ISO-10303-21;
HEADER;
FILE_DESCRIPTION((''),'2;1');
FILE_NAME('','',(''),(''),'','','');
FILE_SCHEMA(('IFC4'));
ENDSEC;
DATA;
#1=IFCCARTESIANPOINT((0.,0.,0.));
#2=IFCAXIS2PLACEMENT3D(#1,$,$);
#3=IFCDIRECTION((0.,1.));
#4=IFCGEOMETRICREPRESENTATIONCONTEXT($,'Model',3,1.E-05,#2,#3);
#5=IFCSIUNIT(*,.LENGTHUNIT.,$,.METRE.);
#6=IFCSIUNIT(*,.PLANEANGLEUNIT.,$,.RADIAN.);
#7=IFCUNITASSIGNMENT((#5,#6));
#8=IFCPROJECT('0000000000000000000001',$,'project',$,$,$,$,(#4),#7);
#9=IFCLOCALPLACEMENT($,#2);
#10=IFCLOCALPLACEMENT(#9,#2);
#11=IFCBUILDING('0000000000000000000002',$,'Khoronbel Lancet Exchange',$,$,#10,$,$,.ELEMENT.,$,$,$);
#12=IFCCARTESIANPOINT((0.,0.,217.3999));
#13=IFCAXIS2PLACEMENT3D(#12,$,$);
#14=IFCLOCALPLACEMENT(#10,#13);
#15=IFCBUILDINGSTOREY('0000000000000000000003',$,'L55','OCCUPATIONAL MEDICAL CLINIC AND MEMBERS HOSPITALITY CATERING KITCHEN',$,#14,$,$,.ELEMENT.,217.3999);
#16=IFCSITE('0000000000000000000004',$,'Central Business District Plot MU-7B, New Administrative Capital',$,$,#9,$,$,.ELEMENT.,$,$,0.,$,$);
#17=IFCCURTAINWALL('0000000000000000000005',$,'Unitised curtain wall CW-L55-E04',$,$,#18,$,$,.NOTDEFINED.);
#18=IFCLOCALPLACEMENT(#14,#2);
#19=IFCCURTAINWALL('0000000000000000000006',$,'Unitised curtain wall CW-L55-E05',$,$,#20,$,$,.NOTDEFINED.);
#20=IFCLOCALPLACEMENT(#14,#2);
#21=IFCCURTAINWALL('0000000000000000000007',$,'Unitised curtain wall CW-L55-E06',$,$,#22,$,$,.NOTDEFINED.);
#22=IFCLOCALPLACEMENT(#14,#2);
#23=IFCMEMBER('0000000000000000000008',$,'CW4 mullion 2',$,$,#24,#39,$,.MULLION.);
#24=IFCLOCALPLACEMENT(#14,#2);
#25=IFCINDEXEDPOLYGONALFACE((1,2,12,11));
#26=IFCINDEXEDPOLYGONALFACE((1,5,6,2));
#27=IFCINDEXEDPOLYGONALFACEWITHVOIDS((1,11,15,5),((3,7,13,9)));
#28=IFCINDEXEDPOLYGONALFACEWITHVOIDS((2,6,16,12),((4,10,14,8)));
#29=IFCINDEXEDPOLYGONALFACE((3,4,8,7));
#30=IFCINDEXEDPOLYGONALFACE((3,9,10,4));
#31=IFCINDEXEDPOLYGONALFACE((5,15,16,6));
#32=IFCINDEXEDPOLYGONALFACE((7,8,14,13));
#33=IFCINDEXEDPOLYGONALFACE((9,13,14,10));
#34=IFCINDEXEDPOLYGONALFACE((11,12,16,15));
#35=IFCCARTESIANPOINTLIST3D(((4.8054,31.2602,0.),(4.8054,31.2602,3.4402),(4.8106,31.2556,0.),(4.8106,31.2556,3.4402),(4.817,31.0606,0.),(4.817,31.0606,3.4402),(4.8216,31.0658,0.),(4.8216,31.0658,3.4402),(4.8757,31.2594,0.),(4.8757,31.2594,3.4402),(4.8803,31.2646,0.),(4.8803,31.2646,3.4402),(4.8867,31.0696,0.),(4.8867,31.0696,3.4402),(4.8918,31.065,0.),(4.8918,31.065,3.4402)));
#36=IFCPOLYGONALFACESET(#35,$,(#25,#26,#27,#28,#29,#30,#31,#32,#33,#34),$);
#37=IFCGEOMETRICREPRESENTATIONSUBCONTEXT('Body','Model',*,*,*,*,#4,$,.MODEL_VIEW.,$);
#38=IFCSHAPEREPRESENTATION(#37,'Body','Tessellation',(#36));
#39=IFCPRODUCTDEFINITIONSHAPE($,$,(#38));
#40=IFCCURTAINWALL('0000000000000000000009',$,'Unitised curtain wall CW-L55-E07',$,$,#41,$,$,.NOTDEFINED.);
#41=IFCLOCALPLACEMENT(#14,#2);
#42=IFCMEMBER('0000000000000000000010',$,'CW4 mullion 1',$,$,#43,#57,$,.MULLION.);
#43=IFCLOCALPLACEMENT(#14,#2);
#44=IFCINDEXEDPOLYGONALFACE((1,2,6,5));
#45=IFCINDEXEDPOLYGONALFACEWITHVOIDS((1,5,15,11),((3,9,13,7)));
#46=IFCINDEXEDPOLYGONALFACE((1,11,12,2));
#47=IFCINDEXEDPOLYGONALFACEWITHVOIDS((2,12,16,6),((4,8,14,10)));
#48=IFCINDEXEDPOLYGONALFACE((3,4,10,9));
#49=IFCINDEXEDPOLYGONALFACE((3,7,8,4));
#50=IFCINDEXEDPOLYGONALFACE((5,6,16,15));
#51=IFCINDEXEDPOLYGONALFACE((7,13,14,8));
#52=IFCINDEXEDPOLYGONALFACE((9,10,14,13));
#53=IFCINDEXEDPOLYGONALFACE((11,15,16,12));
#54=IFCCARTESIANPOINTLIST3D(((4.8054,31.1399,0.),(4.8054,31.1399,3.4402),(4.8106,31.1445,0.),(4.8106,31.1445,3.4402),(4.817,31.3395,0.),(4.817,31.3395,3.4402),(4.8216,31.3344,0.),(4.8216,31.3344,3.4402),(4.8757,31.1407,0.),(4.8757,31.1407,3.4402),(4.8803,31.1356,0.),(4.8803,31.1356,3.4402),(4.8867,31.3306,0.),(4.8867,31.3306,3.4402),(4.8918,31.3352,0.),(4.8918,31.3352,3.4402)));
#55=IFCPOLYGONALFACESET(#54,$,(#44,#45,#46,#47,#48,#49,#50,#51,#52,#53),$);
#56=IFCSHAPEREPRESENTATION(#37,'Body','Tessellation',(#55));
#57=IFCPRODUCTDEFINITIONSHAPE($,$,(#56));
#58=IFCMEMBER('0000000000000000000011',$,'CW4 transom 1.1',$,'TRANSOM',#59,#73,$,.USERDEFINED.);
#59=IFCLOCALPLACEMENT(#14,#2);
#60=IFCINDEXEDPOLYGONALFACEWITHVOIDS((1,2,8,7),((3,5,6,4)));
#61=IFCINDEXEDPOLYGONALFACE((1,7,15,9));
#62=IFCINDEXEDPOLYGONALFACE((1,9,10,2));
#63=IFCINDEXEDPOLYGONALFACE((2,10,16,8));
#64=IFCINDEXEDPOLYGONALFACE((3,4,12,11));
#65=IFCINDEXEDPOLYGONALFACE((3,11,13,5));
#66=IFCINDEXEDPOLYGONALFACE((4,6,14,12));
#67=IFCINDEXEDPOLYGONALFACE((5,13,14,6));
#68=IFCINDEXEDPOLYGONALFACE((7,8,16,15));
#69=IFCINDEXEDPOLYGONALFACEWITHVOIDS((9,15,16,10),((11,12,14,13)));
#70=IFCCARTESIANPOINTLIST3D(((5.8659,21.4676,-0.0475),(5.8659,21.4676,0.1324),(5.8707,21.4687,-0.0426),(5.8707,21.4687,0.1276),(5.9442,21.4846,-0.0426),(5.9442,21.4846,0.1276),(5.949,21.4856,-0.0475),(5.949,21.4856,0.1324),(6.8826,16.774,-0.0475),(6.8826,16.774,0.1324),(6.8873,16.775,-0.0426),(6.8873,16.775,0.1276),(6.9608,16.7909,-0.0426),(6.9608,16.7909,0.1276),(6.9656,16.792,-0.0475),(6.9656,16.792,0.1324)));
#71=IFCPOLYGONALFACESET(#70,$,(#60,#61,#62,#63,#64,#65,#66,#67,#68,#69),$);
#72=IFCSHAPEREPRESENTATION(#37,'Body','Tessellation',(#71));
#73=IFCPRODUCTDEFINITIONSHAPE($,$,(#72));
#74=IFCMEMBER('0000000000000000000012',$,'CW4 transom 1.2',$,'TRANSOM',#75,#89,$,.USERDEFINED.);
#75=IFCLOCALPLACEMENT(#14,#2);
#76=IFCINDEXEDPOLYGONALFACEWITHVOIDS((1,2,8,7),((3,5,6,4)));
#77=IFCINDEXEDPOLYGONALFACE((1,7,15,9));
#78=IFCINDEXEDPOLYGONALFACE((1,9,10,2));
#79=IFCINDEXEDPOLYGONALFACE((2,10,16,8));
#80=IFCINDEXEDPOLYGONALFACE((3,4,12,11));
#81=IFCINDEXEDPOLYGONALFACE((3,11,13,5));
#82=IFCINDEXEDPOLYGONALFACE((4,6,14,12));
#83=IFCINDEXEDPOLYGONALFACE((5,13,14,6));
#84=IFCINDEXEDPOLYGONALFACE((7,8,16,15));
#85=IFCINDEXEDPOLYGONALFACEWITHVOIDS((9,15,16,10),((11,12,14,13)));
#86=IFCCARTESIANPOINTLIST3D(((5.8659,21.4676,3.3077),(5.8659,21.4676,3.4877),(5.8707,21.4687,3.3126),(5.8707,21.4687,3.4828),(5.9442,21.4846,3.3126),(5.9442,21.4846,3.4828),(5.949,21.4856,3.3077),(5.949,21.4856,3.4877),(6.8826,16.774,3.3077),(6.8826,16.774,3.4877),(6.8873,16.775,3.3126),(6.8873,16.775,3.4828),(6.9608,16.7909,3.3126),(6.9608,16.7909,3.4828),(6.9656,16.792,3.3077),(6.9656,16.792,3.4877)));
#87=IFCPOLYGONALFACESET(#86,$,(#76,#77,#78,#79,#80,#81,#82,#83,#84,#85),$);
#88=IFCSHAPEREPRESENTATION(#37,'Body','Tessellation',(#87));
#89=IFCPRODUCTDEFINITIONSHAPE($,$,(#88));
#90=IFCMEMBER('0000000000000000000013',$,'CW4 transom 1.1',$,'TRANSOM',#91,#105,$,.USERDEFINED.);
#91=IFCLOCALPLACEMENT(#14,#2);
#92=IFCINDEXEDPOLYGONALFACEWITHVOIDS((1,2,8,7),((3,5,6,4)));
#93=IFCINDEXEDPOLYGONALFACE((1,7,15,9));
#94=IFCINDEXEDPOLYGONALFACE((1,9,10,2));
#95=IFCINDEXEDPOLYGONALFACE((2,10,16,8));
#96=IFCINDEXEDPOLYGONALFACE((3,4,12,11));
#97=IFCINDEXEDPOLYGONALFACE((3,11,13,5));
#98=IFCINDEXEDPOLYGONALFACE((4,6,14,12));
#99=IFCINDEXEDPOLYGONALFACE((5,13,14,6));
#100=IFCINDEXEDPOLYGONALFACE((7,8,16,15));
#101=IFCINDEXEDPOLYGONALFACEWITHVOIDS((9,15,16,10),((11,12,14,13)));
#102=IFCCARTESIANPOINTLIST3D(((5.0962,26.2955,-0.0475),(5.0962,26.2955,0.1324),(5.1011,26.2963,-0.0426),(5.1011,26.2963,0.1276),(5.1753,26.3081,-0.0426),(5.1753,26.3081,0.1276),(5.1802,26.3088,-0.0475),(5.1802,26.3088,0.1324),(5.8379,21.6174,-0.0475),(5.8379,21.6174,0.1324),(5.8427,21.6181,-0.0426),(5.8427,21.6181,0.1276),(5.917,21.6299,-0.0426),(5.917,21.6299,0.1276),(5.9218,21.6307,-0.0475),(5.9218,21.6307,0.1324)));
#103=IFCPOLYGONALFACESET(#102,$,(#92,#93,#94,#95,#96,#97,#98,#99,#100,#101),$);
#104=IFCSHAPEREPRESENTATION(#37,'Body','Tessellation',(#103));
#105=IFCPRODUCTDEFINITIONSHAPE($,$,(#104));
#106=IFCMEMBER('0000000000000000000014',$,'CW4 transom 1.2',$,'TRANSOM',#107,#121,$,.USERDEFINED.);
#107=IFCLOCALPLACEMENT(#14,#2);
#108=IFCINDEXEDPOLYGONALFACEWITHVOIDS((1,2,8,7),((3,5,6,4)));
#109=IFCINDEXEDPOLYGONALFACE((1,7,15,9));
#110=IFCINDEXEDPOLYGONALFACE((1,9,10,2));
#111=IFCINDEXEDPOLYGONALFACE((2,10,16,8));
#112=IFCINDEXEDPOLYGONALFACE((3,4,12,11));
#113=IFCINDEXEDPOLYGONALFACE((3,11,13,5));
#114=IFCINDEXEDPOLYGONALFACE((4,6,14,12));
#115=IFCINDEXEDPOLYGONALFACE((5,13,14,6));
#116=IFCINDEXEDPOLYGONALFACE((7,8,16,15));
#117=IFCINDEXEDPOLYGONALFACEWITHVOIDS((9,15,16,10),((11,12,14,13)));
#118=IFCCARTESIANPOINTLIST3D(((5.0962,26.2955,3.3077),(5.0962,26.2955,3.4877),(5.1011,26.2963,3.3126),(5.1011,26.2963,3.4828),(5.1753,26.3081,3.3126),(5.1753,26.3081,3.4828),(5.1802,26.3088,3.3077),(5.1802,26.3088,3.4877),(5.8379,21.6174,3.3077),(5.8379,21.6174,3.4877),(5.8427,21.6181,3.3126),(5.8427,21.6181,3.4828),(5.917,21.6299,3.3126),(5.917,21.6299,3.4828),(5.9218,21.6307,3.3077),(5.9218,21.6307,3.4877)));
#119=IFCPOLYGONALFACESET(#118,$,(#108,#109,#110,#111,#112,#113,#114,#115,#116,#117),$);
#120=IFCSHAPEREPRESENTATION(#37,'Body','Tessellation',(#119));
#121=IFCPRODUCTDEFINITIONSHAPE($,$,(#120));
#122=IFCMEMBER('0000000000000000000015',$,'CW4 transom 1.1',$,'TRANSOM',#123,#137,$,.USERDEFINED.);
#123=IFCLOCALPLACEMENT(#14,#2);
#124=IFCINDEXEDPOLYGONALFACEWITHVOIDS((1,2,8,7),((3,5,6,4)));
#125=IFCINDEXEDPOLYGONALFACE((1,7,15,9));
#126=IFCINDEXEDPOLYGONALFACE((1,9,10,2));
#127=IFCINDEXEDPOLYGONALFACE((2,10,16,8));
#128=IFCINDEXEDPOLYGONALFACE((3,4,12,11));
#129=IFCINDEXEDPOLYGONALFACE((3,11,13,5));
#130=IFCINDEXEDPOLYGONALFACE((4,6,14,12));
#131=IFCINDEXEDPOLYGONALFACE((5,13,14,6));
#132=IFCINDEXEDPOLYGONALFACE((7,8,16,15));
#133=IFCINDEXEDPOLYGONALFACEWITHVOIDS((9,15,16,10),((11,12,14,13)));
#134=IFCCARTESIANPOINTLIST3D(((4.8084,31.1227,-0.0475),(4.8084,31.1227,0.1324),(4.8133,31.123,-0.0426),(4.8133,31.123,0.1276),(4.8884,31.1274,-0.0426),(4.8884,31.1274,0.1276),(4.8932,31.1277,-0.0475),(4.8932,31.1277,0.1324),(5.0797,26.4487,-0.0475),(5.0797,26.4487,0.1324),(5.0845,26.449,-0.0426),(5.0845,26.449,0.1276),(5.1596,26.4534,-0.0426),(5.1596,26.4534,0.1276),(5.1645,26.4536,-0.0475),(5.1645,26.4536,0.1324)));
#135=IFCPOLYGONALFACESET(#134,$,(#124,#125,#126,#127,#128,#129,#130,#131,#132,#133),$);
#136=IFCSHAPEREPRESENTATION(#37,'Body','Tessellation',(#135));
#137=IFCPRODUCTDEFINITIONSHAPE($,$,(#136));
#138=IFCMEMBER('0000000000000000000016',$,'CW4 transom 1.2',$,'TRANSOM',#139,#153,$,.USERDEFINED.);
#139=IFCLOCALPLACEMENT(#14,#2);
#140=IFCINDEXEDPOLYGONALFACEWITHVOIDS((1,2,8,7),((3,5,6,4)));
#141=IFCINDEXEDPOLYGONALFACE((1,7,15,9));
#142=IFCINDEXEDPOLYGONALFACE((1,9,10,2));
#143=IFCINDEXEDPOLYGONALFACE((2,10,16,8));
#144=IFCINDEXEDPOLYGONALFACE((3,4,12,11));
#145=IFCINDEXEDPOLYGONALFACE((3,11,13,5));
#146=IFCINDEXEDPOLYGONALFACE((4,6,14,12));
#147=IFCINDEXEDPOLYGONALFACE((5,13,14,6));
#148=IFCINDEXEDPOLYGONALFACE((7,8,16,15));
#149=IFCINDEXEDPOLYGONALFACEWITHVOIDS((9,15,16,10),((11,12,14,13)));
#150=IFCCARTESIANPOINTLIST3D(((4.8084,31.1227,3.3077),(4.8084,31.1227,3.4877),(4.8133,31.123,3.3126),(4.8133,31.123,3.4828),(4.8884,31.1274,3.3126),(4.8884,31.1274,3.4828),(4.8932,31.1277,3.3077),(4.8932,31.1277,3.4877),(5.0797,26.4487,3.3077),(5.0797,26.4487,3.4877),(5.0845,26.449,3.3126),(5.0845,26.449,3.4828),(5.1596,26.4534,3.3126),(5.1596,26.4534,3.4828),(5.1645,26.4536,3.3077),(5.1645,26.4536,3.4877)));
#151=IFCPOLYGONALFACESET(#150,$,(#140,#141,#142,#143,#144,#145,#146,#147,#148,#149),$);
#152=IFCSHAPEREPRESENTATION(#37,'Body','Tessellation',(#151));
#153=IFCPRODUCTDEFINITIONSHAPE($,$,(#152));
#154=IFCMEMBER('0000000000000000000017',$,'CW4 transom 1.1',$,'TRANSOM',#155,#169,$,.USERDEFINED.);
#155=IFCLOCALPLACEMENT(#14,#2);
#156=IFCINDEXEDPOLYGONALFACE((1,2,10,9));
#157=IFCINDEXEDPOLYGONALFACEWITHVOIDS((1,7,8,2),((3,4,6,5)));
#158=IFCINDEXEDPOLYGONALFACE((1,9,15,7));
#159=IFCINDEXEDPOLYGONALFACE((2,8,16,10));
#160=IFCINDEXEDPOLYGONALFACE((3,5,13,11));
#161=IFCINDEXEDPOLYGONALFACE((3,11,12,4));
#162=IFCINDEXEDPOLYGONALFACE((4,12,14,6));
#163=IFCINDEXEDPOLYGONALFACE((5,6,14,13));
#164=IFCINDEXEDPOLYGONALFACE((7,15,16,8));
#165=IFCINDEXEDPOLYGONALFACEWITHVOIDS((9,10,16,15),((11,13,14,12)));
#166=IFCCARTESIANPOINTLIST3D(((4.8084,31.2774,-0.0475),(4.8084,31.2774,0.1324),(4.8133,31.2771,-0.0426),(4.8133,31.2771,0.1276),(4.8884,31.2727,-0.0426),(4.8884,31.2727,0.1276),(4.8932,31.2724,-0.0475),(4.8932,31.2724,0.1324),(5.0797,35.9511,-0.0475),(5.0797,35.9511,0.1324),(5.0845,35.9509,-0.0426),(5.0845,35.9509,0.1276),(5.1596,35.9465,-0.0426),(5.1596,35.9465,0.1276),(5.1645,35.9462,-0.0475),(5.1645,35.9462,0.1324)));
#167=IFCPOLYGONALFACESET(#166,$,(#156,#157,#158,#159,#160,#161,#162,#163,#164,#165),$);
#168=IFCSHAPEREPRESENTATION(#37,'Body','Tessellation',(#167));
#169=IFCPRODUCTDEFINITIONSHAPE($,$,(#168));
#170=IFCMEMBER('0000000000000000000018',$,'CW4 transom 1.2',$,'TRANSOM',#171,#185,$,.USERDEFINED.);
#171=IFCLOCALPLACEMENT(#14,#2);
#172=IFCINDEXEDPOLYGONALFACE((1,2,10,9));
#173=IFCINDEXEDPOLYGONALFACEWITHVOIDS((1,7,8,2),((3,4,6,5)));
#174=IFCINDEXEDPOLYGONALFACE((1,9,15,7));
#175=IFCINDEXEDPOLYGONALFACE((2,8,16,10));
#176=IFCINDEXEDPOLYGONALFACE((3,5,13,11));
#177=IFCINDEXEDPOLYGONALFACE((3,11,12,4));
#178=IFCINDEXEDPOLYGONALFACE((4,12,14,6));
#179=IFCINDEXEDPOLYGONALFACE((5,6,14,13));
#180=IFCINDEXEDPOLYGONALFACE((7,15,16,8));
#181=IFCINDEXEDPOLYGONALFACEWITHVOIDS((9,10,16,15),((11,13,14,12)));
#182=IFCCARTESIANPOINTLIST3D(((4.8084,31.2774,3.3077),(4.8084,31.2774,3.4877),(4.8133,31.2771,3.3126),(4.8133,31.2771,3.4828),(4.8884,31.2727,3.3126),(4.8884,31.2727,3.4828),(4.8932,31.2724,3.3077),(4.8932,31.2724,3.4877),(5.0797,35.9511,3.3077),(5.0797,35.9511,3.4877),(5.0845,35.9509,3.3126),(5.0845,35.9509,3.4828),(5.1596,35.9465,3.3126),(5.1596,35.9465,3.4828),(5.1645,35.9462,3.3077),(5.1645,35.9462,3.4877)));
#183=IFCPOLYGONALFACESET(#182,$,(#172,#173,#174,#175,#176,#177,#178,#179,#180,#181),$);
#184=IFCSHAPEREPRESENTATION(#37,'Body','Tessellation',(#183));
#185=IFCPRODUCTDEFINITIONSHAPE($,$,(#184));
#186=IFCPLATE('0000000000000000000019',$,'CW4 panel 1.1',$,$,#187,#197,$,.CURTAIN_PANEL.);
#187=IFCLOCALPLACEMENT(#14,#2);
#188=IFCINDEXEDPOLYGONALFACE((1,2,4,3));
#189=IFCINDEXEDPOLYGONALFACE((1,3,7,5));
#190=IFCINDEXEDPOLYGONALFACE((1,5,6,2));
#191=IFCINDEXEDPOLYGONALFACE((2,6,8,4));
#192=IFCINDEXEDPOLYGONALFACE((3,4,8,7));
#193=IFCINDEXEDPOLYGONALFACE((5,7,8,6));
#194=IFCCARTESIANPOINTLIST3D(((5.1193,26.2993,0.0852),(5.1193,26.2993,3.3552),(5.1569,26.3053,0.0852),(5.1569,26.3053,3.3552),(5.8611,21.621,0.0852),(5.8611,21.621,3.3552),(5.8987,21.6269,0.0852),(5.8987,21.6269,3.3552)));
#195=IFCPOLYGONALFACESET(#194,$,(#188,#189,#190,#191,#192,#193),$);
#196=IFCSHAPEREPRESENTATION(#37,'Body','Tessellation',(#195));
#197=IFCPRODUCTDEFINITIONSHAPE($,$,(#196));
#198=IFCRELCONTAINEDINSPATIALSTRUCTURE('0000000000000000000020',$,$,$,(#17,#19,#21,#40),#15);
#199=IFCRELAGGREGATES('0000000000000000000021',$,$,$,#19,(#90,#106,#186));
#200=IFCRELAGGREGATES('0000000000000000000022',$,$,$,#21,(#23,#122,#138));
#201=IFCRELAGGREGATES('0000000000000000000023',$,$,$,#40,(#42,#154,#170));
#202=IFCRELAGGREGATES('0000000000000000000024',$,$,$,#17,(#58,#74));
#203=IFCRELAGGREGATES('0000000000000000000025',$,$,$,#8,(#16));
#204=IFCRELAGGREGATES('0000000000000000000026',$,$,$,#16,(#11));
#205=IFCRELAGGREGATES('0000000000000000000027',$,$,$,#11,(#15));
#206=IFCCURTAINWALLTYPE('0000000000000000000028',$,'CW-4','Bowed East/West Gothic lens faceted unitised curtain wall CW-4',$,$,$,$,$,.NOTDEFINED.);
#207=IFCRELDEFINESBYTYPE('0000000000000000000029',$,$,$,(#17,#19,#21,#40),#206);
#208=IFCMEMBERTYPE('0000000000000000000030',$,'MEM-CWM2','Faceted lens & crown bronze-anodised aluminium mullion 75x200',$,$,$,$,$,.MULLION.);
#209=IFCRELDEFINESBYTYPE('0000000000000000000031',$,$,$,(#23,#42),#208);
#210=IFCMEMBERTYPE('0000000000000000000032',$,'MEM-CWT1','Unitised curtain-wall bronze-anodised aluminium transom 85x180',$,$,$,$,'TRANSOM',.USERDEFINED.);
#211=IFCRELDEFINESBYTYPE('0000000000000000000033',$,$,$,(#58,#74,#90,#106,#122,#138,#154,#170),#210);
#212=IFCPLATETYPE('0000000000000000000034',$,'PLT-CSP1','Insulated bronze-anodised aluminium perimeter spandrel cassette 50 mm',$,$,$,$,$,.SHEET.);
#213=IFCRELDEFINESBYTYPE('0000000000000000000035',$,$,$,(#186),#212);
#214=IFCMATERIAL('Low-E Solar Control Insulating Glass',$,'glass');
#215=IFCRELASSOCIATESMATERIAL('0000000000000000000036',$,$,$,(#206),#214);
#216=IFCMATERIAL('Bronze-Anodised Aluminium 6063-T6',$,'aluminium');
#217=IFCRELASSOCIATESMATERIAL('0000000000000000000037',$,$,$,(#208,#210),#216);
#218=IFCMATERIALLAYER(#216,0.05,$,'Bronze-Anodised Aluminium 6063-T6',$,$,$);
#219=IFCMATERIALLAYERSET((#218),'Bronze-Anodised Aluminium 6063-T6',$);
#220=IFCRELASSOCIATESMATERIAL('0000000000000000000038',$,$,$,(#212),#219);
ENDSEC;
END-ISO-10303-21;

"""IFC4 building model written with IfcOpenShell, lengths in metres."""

from ifc_helpers import new_model, si_unit, direction, frame, origin, origin_2d, place, context, subcontext, project, spatial, rectangle, hollow_rectangle, extrude, material, layer, layer_set, material_profile, profile_set, type_object, element, aggregate, save


model = new_model("IFC4")

# Units and contexts
model_context = context("Model", 3, precision=1e-05, world=origin(), true_north=direction((0.0, 1.0)))
body_context = subcontext(model_context, "Body", "Model", "MODEL_VIEW")
ifc_project = project(units=[si_unit("LENGTHUNIT", "METRE"), si_unit("PLANEANGLEUNIT", "RADIAN")], contexts=[model_context])

# Site, building, storey
site_placement = place(None, origin())
site = spatial("IfcSite", under=ifc_project, at=site_placement, Name="Central Business District Plot MU-7B, New Administrative Capital", CompositionType="ELEMENT", RefElevation=0.0)
building_placement = place(site_placement, origin())
building = spatial("IfcBuilding", under=site, at=building_placement, Name="Khoronbel Lancet Exchange", CompositionType="ELEMENT")
storey_placement = place(building_placement, frame((0.0, 0.0, 217.3999)))
storey = spatial("IfcBuildingStorey", under=building, at=storey_placement, Name="L55", Description="OCCUPATIONAL MEDICAL CLINIC AND MEMBERS HOSPITALITY CATERING KITCHEN", CompositionType="ELEMENT", Elevation=217.3999)

# Curtain walls, member
ifc_material_1 = material(Name="Low-E Solar Control Insulating Glass", Category="glass")
curtain_wall_type = type_object("IfcCurtainWallType", Name="CW-4", Description="Bowed East/West Gothic lens faceted unitised curtain wall CW-4", PredefinedType="NOTDEFINED", material=ifc_material_1)
curtain_wall_1_placement = place(storey_placement, origin())
curtain_wall_1 = element("IfcCurtainWall", 1, at=curtain_wall_1_placement, inside=storey, type_object=curtain_wall_type, Name="Unitised curtain wall CW-L55-E04", PredefinedType="NOTDEFINED")
ifc_material_2 = material(Name="Bronze-Anodised Aluminium 6063-T6", Category="aluminium")
ifc_material_profile_1 = material_profile(ifc_material_2, hollow_rectangle(XDim=0.075, YDim=0.2, WallThickness=0.0049, at=origin_2d()), Name="ALU MULLION 75x200")
ifc_profile_set_1 = profile_set([ifc_material_profile_1], Name="Bronze-Anodised Aluminium 6063-T6")
member_type_1 = type_object("IfcMemberType", Name="MEM-CWM2", Description="Faceted lens & crown bronze-anodised aluminium mullion 75x200", PredefinedType="MULLION", material=ifc_profile_set_1)
curtain_wall_2_placement = place(storey_placement, origin())
curtain_wall_2 = element("IfcCurtainWall", 2, at=curtain_wall_2_placement, inside=storey, type_object=curtain_wall_type, Name="Unitised curtain wall CW-L55-E05", PredefinedType="NOTDEFINED")
curtain_wall_3_placement = place(storey_placement, origin())
curtain_wall_3 = element("IfcCurtainWall", 3, at=curtain_wall_3_placement, inside=storey, type_object=curtain_wall_type, Name="Unitised curtain wall CW-L55-E06", PredefinedType="NOTDEFINED")
member_1_placement = place(storey_placement, frame((4.8486, 31.1626, 0.0), z_axis=(0.0, 0.0, 1.0), x_axis=(-0.998321, -0.05793, 0.0)))
member_1 = element("IfcMember", 4, at=member_1_placement, type_object=member_type_1, Name="CW4 mullion 2", PredefinedType="MULLION", context=body_context, shape_type="SweptSolid", body=[
    extrude(hollow_rectangle(XDim=0.075, YDim=0.2, WallThickness=0.0049, at=origin_2d()), origin(), (0.0, 0.0, 1.0), 3.4402),
])

# Curtain wall, member
curtain_wall_4_placement = place(storey_placement, origin())
curtain_wall_4 = element("IfcCurtainWall", 5, at=curtain_wall_4_placement, inside=storey, type_object=curtain_wall_type, Name="Unitised curtain wall CW-L55-E07", PredefinedType="NOTDEFINED")
member_2_placement = place(storey_placement, frame((4.8486, 31.2375, 0.0), z_axis=(0.0, 0.0, 1.0), x_axis=(-0.998321, 0.05793, 0.0)))
member_2 = element("IfcMember", 6, at=member_2_placement, type_object=member_type_1, Name="CW4 mullion 1", PredefinedType="MULLION", context=body_context, shape_type="SweptSolid", body=[
    extrude(hollow_rectangle(XDim=0.075, YDim=0.2, WallThickness=0.0049, at=origin_2d()), origin(), (0.0, 0.0, 1.0), 3.4402),
])

# Members
ifc_material_profile_2 = material_profile(ifc_material_2, hollow_rectangle(XDim=0.085, YDim=0.1799, WallThickness=0.0049, at=origin_2d()), Name="ALU TRANSOM 85x180")
ifc_profile_set_2 = profile_set([ifc_material_profile_2], Name="Bronze-Anodised Aluminium 6063-T6")
member_type_2 = type_object("IfcMemberType", Name="MEM-CWT1", Description="Unitised curtain-wall bronze-anodised aluminium transom 85x180", ElementType="TRANSOM", PredefinedType="USERDEFINED", material=ifc_profile_set_2)
member_3_placement = place(storey_placement, frame((6.9241, 16.783, 0.0425), z_axis=(-0.211685, 0.977338, 0.0), x_axis=(-0.977338, -0.211685, 0.0)))
member_3 = element("IfcMember", 7, at=member_3_placement, type_object=member_type_2, Name="CW4 transom 1.1", ObjectType="TRANSOM", PredefinedType="USERDEFINED", context=body_context, shape_type="SweptSolid", body=[
    extrude(hollow_rectangle(XDim=0.085, YDim=0.1799, WallThickness=0.0049, at=origin_2d()), origin(), (0.0, 0.0, 1.0), 4.8025),
])
member_4_placement = place(storey_placement, frame((6.9241, 16.783, 3.3977), z_axis=(-0.211685, 0.977338, 0.0), x_axis=(-0.977338, -0.211685, 0.0)))
member_4 = element("IfcMember", 8, at=member_4_placement, type_object=member_type_2, Name="CW4 transom 1.2", ObjectType="TRANSOM", PredefinedType="USERDEFINED", context=body_context, shape_type="SweptSolid", body=[
    extrude(hollow_rectangle(XDim=0.085, YDim=0.1799, WallThickness=0.0049, at=origin_2d()), origin(), (0.0, 0.0, 1.0), 4.8025),
])
member_5_placement = place(storey_placement, frame((5.8799, 21.624, 0.0425), z_axis=(-0.156587, 0.987664, 0.0), x_axis=(-0.987664, -0.156587, 0.0)))
member_5 = element("IfcMember", 9, at=member_5_placement, type_object=member_type_2, Name="CW4 transom 1.1", ObjectType="TRANSOM", PredefinedType="USERDEFINED", context=body_context, shape_type="SweptSolid", body=[
    extrude(hollow_rectangle(XDim=0.085, YDim=0.1799, WallThickness=0.0049, at=origin_2d()), origin(), (0.0, 0.0, 1.0), 4.7366),
])
member_6_placement = place(storey_placement, frame((5.8799, 21.624, 3.3977), z_axis=(-0.156587, 0.987664, 0.0), x_axis=(-0.987664, -0.156587, 0.0)))
member_6 = element("IfcMember", 10, at=member_6_placement, type_object=member_type_2, Name="CW4 transom 1.2", ObjectType="TRANSOM", PredefinedType="USERDEFINED", context=body_context, shape_type="SweptSolid", body=[
    extrude(hollow_rectangle(XDim=0.085, YDim=0.1799, WallThickness=0.0049, at=origin_2d()), origin(), (0.0, 0.0, 1.0), 4.7366),
])
member_7_placement = place(storey_placement, frame((5.1221, 26.4512, 0.0425), z_axis=(-0.057933, 0.99832, 0.0), x_axis=(-0.99832, -0.057933, 0.0)))
member_7 = element("IfcMember", 11, at=member_7_placement, type_object=member_type_2, Name="CW4 transom 1.1", ObjectType="TRANSOM", PredefinedType="USERDEFINED", context=body_context, shape_type="SweptSolid", body=[
    extrude(hollow_rectangle(XDim=0.085, YDim=0.1799, WallThickness=0.0049, at=origin_2d()), origin(), (0.0, 0.0, 1.0), 4.6819),
])
member_8_placement = place(storey_placement, frame((5.1221, 26.4512, 3.3977), z_axis=(-0.057933, 0.99832, 0.0), x_axis=(-0.99832, -0.057933, 0.0)))
member_8 = element("IfcMember", 12, at=member_8_placement, type_object=member_type_2, Name="CW4 transom 1.2", ObjectType="TRANSOM", PredefinedType="USERDEFINED", context=body_context, shape_type="SweptSolid", body=[
    extrude(hollow_rectangle(XDim=0.085, YDim=0.1799, WallThickness=0.0049, at=origin_2d()), origin(), (0.0, 0.0, 1.0), 4.6819),
])
member_9_placement = place(storey_placement, frame((4.8508, 31.2749, 0.0425), z_axis=(0.057936, 0.99832, 0.0), x_axis=(-0.99832, 0.057936, 0.0)))
member_9 = element("IfcMember", 13, at=member_9_placement, type_object=member_type_2, Name="CW4 transom 1.1", ObjectType="TRANSOM", PredefinedType="USERDEFINED", context=body_context, shape_type="SweptSolid", body=[
    extrude(hollow_rectangle(XDim=0.085, YDim=0.1799, WallThickness=0.0049, at=origin_2d()), origin(), (0.0, 0.0, 1.0), 4.6816),
])
member_10_placement = place(storey_placement, frame((4.8508, 31.2749, 3.3977), z_axis=(0.057936, 0.99832, 0.0), x_axis=(-0.99832, 0.057936, 0.0)))
member_10 = element("IfcMember", 14, at=member_10_placement, type_object=member_type_2, Name="CW4 transom 1.2", ObjectType="TRANSOM", PredefinedType="USERDEFINED", context=body_context, shape_type="SweptSolid", body=[
    extrude(hollow_rectangle(XDim=0.085, YDim=0.1799, WallThickness=0.0049, at=origin_2d()), origin(), (0.0, 0.0, 1.0), 4.6816),
])

# Plate
ifc_layer_1 = layer(ifc_material_2, 0.05, Name="Bronze-Anodised Aluminium 6063-T6")
ifc_layer_set_1 = layer_set([ifc_layer_1], Name="Bronze-Anodised Aluminium 6063-T6")
plate_type_1 = type_object("IfcPlateType", Name="PLT-CSP1", Description="Insulated bronze-anodised aluminium perimeter spandrel cassette 50 mm", PredefinedType="SHEET", material=ifc_layer_set_1)
plate_1_placement = place(storey_placement, frame((5.509, 23.9631, 0.0852), z_axis=(0.0, 0.0, 1.0), x_axis=(-0.156606, 0.987661, 0.0)))
plate_1 = element("IfcPlate", 15, at=plate_1_placement, type_object=plate_type_1, Name="CW4 panel 1.1", PredefinedType="CURTAIN_PANEL", context=body_context, shape_type="SweptSolid", body=[
    extrude(rectangle(XDim=4.7368, YDim=0.0381, at=origin_2d()), origin(), (0.0, 0.0, 1.0), 3.27),
])
aggregate(curtain_wall_2, [member_5, member_6, plate_1])
aggregate(curtain_wall_3, [member_1, member_7, member_8])
aggregate(curtain_wall_4, [member_2, member_9, member_10])
aggregate(curtain_wall_1, [member_3, member_4])

save(model, "model.ifc")
